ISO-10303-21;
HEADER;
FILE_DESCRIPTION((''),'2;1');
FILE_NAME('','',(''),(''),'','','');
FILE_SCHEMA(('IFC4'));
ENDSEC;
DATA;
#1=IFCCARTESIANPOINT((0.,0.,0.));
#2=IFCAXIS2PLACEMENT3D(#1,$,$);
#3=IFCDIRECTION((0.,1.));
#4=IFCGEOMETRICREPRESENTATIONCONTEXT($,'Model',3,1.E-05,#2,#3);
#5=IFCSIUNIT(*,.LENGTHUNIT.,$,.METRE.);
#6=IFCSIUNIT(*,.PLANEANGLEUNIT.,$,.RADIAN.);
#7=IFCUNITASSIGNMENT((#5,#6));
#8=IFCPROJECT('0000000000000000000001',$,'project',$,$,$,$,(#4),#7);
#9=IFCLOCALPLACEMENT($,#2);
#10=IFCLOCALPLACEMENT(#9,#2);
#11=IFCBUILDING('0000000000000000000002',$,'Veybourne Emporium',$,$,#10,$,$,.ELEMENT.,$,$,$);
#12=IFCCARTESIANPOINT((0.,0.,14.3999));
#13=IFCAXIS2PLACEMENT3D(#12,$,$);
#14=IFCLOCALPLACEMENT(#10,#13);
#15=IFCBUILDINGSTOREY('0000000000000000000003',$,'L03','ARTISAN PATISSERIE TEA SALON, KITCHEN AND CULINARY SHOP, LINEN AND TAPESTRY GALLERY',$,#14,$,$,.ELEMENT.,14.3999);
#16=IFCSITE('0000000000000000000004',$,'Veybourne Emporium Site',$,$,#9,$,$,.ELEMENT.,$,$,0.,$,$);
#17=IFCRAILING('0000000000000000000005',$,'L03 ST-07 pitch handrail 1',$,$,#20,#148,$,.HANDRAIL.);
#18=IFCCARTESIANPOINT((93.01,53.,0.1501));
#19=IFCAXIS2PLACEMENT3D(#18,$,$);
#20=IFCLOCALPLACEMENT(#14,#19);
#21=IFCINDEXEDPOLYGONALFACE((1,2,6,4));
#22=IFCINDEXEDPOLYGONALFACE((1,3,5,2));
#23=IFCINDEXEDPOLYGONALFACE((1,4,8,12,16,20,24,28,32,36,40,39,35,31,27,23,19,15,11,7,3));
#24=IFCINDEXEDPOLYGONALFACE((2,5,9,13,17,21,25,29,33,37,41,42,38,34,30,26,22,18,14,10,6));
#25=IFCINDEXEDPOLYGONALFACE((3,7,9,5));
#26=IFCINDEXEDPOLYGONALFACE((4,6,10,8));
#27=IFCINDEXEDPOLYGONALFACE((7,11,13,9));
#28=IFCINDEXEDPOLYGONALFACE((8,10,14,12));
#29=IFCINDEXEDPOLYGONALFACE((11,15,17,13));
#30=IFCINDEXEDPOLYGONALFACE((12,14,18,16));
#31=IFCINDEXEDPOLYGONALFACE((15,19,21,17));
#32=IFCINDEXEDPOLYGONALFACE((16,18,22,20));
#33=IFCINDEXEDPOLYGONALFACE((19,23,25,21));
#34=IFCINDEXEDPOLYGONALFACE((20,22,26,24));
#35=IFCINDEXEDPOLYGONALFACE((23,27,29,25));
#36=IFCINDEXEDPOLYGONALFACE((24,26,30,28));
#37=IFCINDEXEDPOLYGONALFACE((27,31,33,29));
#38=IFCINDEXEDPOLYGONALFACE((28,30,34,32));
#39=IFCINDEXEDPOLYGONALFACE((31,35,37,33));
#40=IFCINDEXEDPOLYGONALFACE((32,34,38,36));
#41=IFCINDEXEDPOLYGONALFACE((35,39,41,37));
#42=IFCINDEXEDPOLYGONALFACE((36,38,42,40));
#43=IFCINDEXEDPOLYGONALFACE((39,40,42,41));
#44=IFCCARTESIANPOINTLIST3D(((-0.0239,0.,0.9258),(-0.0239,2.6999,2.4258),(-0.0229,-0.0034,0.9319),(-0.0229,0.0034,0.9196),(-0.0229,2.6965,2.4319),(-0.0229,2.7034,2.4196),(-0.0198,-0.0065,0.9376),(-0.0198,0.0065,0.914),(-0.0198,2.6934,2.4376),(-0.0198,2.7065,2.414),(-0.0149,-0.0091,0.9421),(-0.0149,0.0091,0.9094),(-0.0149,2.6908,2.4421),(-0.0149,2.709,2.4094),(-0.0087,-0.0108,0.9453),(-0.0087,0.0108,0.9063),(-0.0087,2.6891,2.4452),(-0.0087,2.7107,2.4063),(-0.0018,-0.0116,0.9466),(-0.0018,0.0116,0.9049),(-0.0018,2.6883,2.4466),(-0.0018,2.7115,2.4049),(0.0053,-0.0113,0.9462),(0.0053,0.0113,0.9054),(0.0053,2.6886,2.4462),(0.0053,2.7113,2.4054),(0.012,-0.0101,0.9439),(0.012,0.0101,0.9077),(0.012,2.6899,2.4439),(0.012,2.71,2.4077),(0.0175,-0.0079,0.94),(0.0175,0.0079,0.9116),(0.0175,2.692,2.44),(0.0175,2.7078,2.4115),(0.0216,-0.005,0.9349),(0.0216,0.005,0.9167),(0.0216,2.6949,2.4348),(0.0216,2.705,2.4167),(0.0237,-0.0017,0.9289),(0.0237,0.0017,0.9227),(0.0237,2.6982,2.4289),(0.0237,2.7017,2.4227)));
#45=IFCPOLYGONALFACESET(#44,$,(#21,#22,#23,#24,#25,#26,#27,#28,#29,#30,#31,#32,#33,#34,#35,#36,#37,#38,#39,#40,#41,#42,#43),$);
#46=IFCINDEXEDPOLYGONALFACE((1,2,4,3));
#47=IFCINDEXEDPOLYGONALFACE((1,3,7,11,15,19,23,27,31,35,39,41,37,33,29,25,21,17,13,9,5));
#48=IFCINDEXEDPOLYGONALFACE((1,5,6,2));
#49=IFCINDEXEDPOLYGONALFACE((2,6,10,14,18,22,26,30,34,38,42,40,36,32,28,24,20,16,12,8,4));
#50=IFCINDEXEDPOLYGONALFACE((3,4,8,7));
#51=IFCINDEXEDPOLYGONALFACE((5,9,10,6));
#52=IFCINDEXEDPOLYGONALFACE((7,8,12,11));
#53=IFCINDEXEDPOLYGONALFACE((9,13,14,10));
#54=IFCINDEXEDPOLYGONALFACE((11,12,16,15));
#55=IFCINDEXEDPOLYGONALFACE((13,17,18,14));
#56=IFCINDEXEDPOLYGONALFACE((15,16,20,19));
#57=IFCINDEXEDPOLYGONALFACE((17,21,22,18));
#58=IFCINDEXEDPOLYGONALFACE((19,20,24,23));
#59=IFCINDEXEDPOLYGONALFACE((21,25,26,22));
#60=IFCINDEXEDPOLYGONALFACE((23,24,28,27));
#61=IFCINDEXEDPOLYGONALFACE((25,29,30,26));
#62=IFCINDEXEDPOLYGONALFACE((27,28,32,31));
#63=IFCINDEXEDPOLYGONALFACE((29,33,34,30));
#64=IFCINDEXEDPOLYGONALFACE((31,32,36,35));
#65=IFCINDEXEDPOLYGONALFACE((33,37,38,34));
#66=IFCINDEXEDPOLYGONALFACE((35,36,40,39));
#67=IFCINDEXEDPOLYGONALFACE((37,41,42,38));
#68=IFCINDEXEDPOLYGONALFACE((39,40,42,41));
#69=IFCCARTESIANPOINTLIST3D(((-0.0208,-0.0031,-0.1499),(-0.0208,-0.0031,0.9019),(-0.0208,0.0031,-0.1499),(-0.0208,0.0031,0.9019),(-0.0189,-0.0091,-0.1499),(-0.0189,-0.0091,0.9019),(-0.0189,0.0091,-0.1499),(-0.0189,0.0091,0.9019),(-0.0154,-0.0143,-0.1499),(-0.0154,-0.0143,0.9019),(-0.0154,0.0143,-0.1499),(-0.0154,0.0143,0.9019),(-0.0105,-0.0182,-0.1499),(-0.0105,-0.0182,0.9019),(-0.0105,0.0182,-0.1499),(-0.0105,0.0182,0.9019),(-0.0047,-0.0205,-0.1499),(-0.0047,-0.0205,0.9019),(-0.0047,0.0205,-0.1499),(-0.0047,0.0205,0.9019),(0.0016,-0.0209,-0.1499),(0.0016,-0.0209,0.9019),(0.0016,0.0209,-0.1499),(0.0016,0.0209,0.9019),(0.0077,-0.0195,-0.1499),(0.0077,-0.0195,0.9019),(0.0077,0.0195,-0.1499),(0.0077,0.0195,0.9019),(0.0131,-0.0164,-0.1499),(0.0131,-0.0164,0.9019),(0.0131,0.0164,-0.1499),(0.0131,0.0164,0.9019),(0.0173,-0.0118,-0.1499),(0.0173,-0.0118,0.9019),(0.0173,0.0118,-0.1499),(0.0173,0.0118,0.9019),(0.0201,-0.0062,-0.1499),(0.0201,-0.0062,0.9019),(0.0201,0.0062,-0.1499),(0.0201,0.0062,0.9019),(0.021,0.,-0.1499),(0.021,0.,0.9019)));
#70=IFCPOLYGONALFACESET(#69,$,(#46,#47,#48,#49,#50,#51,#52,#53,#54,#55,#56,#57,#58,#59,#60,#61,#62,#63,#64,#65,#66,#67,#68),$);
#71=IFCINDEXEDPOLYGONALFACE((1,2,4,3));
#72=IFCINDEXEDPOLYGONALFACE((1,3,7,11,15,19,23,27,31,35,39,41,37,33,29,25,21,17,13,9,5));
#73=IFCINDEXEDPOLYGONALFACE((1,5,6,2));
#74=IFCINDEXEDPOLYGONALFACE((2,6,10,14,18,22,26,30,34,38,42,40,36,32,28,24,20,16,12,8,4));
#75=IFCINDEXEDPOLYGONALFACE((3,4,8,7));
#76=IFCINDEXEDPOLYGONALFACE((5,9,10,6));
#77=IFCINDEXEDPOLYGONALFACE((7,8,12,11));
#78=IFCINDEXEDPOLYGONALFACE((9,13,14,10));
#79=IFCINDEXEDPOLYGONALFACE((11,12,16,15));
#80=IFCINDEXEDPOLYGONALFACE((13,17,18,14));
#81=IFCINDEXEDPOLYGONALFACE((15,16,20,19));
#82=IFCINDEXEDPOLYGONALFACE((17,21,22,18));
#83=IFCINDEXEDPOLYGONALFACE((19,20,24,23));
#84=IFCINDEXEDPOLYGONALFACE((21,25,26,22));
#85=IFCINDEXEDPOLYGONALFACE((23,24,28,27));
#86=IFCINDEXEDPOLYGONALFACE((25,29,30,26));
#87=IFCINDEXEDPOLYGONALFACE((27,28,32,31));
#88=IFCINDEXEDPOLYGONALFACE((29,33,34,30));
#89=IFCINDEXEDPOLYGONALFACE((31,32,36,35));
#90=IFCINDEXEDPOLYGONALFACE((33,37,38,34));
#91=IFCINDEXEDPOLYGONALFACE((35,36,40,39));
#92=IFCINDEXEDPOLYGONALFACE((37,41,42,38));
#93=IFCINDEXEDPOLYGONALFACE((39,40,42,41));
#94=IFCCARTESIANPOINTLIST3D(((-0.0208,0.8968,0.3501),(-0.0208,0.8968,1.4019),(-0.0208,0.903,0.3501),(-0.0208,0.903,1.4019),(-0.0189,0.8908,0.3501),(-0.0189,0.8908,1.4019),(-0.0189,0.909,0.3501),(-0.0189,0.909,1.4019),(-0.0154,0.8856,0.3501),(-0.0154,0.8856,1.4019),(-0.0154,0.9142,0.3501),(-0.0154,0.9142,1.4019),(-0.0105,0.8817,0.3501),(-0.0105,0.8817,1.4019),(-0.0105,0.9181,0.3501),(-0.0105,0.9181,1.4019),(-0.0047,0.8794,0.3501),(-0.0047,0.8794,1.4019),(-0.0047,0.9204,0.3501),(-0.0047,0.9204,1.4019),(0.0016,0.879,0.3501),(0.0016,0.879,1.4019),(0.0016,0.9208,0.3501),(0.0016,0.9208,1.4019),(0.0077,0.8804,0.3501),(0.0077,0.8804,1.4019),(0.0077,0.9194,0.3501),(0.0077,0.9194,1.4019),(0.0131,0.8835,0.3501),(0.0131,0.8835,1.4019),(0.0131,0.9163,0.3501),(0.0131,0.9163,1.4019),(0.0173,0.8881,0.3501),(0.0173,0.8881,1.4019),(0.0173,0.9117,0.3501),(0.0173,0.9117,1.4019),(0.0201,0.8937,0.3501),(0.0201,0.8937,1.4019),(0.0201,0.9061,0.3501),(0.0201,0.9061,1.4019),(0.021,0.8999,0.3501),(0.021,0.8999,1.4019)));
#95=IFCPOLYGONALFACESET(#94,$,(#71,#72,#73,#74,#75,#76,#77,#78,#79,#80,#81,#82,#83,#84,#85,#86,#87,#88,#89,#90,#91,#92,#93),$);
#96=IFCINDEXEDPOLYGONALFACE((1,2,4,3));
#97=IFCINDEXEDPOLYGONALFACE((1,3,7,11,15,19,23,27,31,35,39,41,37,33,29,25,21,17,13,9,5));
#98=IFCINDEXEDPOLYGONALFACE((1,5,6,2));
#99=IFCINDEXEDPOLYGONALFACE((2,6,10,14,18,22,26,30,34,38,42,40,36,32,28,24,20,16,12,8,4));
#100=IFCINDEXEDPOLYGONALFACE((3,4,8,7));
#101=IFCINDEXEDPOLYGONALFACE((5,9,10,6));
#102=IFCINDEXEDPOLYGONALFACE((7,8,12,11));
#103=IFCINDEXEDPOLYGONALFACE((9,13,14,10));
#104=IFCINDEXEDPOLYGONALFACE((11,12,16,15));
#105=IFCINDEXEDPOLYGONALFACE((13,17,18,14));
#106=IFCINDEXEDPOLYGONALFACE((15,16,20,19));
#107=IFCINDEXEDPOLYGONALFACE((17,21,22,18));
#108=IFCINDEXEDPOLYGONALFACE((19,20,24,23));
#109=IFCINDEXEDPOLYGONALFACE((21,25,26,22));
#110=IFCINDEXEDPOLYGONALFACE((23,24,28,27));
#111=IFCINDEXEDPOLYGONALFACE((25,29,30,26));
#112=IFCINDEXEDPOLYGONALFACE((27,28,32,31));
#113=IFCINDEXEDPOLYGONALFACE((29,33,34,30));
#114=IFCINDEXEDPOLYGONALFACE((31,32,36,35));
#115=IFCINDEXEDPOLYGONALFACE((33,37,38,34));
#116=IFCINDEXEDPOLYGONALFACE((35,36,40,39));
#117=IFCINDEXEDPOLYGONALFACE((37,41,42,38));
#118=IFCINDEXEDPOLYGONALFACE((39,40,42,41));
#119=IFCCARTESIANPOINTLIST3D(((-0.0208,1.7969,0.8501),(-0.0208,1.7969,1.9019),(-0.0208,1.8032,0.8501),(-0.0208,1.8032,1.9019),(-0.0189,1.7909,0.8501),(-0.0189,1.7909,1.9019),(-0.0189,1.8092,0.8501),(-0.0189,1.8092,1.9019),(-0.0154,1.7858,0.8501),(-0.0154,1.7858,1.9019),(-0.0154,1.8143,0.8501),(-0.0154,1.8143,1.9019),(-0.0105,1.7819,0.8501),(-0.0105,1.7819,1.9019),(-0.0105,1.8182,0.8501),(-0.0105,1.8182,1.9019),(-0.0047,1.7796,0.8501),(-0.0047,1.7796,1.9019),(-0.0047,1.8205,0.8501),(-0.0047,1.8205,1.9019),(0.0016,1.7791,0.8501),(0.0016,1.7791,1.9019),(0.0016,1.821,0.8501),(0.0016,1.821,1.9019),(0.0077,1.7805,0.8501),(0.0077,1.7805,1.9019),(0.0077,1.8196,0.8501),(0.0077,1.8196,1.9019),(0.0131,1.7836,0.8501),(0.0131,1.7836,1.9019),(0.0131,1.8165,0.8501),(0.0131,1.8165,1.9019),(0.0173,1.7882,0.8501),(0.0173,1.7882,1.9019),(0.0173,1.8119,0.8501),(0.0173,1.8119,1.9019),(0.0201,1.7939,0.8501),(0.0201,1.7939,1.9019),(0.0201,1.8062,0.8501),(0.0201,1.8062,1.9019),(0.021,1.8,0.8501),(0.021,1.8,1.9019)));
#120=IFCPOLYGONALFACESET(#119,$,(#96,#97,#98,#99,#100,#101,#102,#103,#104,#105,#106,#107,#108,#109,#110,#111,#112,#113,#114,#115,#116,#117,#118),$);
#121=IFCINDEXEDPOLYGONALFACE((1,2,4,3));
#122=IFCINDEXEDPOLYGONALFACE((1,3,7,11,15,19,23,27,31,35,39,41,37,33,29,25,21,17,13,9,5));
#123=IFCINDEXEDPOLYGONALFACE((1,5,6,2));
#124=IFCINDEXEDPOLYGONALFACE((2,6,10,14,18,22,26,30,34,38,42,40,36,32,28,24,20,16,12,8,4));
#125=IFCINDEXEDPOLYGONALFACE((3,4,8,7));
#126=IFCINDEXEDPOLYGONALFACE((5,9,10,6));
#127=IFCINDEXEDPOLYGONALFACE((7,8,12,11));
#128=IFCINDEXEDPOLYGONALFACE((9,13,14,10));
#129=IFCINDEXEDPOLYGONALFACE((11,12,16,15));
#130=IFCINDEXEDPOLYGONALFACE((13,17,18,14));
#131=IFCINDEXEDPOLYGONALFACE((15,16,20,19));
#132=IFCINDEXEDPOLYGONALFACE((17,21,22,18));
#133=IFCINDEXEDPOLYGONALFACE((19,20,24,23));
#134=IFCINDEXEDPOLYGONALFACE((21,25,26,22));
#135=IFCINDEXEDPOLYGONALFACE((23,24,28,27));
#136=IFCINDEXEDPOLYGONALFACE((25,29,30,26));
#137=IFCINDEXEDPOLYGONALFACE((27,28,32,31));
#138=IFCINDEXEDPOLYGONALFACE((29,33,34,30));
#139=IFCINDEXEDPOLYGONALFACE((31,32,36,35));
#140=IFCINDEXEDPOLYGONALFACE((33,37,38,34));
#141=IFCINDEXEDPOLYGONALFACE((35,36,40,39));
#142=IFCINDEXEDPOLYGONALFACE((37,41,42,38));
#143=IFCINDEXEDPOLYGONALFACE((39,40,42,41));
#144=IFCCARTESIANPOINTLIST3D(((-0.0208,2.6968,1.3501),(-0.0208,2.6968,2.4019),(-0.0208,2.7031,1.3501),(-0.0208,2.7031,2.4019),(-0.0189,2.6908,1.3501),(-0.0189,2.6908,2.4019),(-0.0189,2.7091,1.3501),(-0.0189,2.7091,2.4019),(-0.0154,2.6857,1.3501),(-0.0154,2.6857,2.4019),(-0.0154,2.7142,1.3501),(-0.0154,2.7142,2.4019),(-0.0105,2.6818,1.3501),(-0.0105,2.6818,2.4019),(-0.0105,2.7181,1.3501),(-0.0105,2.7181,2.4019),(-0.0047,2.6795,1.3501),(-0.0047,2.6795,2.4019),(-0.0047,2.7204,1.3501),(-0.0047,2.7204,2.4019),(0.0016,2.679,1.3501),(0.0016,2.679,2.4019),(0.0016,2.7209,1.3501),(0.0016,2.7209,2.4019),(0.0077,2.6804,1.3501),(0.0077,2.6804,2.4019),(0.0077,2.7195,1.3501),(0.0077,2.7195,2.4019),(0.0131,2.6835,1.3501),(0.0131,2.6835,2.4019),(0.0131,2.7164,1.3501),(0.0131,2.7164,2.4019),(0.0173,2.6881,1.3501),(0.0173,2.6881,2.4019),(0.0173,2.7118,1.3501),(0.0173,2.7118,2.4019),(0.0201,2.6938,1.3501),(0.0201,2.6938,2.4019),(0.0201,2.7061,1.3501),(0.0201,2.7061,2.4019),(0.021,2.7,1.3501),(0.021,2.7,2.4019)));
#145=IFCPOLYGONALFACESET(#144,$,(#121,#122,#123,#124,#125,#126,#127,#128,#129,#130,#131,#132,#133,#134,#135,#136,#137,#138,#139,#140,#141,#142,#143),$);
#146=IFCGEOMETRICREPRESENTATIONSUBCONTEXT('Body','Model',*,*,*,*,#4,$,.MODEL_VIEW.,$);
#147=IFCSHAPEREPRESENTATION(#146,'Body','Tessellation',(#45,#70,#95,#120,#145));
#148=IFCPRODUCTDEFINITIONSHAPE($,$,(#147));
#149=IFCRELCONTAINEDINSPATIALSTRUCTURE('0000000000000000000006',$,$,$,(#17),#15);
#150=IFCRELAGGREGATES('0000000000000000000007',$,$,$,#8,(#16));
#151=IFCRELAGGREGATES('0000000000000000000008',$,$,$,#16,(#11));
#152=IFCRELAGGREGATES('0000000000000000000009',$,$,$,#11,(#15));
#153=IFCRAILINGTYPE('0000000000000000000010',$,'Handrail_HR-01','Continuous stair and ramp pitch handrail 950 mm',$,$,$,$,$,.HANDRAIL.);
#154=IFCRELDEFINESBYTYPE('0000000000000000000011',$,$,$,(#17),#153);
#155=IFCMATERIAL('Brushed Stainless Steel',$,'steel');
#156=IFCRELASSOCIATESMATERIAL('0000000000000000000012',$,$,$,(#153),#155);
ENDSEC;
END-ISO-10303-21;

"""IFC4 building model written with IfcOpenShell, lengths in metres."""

from ifc_helpers import new_model, si_unit, direction, frame, origin, origin_2d, place, context, subcontext, project, spatial, circle, extrude, material, type_object, element, save


model = new_model("IFC4")

# Units and contexts
model_context = context("Model", 3, precision=1e-05, world=origin(), true_north=direction((0.0, 1.0)))
body_context = subcontext(model_context, "Body", "Model", "MODEL_VIEW")
ifc_project = project(units=[si_unit("LENGTHUNIT", "METRE"), si_unit("PLANEANGLEUNIT", "RADIAN")], contexts=[model_context])

# Site, building, storey
site_placement = place(None, origin())
site = spatial("IfcSite", under=ifc_project, at=site_placement, Name="Veybourne Emporium Site", CompositionType="ELEMENT", RefElevation=0.0)
building_placement = place(site_placement, origin())
building = spatial("IfcBuilding", under=site, at=building_placement, Name="Veybourne Emporium", CompositionType="ELEMENT")
storey_placement = place(building_placement, frame((0.0, 0.0, 14.3999)))
storey = spatial("IfcBuildingStorey", under=building, at=storey_placement, Name="L03", Description="ARTISAN PATISSERIE TEA SALON, KITCHEN AND CULINARY SHOP, LINEN AND TAPESTRY GALLERY", CompositionType="ELEMENT", Elevation=14.3999)

# Railing
ifc_material_1 = material(Name="Brushed Stainless Steel", Category="steel")
railing_type_1 = type_object("IfcRailingType", Name="Handrail_HR-01", Description="Continuous stair and ramp pitch handrail 950 mm", PredefinedType="HANDRAIL", material=ifc_material_1)
railing_1_placement = place(storey_placement, frame((93.01, 53.0, 0.1501)))
element("IfcRailing", 1, at=railing_1_placement, inside=storey, type_object=railing_type_1, Name="L03 ST-07 pitch handrail 1", PredefinedType="HANDRAIL", context=body_context, shape_type="SweptSolid", body=[
    extrude(circle(Radius=0.0239, at=origin_2d()), frame((0.0, 0.0, 0.9258), z_axis=(0.0, 0.874154, 0.48565), x_axis=(-1.0, 0.0, 0.0)), (0.0, 0.0, 1.0), 3.0886),
    extrude(circle(Radius=0.021, at=origin_2d()), frame((0.0, 0.0, -0.1499)), (0.0, 0.0, 1.0), 1.0518),
    extrude(circle(Radius=0.021, at=origin_2d()), frame((0.0, 0.8999, 0.3501)), (0.0, 0.0, 1.0), 1.0518),
    extrude(circle(Radius=0.021, at=origin_2d()), frame((0.0, 1.8, 0.8501)), (0.0, 0.0, 1.0), 1.0518),
    extrude(circle(Radius=0.021, at=origin_2d()), frame((0.0, 2.7, 1.3501)), (0.0, 0.0, 1.0), 1.0518),
])

save(model, "model.ifc")
